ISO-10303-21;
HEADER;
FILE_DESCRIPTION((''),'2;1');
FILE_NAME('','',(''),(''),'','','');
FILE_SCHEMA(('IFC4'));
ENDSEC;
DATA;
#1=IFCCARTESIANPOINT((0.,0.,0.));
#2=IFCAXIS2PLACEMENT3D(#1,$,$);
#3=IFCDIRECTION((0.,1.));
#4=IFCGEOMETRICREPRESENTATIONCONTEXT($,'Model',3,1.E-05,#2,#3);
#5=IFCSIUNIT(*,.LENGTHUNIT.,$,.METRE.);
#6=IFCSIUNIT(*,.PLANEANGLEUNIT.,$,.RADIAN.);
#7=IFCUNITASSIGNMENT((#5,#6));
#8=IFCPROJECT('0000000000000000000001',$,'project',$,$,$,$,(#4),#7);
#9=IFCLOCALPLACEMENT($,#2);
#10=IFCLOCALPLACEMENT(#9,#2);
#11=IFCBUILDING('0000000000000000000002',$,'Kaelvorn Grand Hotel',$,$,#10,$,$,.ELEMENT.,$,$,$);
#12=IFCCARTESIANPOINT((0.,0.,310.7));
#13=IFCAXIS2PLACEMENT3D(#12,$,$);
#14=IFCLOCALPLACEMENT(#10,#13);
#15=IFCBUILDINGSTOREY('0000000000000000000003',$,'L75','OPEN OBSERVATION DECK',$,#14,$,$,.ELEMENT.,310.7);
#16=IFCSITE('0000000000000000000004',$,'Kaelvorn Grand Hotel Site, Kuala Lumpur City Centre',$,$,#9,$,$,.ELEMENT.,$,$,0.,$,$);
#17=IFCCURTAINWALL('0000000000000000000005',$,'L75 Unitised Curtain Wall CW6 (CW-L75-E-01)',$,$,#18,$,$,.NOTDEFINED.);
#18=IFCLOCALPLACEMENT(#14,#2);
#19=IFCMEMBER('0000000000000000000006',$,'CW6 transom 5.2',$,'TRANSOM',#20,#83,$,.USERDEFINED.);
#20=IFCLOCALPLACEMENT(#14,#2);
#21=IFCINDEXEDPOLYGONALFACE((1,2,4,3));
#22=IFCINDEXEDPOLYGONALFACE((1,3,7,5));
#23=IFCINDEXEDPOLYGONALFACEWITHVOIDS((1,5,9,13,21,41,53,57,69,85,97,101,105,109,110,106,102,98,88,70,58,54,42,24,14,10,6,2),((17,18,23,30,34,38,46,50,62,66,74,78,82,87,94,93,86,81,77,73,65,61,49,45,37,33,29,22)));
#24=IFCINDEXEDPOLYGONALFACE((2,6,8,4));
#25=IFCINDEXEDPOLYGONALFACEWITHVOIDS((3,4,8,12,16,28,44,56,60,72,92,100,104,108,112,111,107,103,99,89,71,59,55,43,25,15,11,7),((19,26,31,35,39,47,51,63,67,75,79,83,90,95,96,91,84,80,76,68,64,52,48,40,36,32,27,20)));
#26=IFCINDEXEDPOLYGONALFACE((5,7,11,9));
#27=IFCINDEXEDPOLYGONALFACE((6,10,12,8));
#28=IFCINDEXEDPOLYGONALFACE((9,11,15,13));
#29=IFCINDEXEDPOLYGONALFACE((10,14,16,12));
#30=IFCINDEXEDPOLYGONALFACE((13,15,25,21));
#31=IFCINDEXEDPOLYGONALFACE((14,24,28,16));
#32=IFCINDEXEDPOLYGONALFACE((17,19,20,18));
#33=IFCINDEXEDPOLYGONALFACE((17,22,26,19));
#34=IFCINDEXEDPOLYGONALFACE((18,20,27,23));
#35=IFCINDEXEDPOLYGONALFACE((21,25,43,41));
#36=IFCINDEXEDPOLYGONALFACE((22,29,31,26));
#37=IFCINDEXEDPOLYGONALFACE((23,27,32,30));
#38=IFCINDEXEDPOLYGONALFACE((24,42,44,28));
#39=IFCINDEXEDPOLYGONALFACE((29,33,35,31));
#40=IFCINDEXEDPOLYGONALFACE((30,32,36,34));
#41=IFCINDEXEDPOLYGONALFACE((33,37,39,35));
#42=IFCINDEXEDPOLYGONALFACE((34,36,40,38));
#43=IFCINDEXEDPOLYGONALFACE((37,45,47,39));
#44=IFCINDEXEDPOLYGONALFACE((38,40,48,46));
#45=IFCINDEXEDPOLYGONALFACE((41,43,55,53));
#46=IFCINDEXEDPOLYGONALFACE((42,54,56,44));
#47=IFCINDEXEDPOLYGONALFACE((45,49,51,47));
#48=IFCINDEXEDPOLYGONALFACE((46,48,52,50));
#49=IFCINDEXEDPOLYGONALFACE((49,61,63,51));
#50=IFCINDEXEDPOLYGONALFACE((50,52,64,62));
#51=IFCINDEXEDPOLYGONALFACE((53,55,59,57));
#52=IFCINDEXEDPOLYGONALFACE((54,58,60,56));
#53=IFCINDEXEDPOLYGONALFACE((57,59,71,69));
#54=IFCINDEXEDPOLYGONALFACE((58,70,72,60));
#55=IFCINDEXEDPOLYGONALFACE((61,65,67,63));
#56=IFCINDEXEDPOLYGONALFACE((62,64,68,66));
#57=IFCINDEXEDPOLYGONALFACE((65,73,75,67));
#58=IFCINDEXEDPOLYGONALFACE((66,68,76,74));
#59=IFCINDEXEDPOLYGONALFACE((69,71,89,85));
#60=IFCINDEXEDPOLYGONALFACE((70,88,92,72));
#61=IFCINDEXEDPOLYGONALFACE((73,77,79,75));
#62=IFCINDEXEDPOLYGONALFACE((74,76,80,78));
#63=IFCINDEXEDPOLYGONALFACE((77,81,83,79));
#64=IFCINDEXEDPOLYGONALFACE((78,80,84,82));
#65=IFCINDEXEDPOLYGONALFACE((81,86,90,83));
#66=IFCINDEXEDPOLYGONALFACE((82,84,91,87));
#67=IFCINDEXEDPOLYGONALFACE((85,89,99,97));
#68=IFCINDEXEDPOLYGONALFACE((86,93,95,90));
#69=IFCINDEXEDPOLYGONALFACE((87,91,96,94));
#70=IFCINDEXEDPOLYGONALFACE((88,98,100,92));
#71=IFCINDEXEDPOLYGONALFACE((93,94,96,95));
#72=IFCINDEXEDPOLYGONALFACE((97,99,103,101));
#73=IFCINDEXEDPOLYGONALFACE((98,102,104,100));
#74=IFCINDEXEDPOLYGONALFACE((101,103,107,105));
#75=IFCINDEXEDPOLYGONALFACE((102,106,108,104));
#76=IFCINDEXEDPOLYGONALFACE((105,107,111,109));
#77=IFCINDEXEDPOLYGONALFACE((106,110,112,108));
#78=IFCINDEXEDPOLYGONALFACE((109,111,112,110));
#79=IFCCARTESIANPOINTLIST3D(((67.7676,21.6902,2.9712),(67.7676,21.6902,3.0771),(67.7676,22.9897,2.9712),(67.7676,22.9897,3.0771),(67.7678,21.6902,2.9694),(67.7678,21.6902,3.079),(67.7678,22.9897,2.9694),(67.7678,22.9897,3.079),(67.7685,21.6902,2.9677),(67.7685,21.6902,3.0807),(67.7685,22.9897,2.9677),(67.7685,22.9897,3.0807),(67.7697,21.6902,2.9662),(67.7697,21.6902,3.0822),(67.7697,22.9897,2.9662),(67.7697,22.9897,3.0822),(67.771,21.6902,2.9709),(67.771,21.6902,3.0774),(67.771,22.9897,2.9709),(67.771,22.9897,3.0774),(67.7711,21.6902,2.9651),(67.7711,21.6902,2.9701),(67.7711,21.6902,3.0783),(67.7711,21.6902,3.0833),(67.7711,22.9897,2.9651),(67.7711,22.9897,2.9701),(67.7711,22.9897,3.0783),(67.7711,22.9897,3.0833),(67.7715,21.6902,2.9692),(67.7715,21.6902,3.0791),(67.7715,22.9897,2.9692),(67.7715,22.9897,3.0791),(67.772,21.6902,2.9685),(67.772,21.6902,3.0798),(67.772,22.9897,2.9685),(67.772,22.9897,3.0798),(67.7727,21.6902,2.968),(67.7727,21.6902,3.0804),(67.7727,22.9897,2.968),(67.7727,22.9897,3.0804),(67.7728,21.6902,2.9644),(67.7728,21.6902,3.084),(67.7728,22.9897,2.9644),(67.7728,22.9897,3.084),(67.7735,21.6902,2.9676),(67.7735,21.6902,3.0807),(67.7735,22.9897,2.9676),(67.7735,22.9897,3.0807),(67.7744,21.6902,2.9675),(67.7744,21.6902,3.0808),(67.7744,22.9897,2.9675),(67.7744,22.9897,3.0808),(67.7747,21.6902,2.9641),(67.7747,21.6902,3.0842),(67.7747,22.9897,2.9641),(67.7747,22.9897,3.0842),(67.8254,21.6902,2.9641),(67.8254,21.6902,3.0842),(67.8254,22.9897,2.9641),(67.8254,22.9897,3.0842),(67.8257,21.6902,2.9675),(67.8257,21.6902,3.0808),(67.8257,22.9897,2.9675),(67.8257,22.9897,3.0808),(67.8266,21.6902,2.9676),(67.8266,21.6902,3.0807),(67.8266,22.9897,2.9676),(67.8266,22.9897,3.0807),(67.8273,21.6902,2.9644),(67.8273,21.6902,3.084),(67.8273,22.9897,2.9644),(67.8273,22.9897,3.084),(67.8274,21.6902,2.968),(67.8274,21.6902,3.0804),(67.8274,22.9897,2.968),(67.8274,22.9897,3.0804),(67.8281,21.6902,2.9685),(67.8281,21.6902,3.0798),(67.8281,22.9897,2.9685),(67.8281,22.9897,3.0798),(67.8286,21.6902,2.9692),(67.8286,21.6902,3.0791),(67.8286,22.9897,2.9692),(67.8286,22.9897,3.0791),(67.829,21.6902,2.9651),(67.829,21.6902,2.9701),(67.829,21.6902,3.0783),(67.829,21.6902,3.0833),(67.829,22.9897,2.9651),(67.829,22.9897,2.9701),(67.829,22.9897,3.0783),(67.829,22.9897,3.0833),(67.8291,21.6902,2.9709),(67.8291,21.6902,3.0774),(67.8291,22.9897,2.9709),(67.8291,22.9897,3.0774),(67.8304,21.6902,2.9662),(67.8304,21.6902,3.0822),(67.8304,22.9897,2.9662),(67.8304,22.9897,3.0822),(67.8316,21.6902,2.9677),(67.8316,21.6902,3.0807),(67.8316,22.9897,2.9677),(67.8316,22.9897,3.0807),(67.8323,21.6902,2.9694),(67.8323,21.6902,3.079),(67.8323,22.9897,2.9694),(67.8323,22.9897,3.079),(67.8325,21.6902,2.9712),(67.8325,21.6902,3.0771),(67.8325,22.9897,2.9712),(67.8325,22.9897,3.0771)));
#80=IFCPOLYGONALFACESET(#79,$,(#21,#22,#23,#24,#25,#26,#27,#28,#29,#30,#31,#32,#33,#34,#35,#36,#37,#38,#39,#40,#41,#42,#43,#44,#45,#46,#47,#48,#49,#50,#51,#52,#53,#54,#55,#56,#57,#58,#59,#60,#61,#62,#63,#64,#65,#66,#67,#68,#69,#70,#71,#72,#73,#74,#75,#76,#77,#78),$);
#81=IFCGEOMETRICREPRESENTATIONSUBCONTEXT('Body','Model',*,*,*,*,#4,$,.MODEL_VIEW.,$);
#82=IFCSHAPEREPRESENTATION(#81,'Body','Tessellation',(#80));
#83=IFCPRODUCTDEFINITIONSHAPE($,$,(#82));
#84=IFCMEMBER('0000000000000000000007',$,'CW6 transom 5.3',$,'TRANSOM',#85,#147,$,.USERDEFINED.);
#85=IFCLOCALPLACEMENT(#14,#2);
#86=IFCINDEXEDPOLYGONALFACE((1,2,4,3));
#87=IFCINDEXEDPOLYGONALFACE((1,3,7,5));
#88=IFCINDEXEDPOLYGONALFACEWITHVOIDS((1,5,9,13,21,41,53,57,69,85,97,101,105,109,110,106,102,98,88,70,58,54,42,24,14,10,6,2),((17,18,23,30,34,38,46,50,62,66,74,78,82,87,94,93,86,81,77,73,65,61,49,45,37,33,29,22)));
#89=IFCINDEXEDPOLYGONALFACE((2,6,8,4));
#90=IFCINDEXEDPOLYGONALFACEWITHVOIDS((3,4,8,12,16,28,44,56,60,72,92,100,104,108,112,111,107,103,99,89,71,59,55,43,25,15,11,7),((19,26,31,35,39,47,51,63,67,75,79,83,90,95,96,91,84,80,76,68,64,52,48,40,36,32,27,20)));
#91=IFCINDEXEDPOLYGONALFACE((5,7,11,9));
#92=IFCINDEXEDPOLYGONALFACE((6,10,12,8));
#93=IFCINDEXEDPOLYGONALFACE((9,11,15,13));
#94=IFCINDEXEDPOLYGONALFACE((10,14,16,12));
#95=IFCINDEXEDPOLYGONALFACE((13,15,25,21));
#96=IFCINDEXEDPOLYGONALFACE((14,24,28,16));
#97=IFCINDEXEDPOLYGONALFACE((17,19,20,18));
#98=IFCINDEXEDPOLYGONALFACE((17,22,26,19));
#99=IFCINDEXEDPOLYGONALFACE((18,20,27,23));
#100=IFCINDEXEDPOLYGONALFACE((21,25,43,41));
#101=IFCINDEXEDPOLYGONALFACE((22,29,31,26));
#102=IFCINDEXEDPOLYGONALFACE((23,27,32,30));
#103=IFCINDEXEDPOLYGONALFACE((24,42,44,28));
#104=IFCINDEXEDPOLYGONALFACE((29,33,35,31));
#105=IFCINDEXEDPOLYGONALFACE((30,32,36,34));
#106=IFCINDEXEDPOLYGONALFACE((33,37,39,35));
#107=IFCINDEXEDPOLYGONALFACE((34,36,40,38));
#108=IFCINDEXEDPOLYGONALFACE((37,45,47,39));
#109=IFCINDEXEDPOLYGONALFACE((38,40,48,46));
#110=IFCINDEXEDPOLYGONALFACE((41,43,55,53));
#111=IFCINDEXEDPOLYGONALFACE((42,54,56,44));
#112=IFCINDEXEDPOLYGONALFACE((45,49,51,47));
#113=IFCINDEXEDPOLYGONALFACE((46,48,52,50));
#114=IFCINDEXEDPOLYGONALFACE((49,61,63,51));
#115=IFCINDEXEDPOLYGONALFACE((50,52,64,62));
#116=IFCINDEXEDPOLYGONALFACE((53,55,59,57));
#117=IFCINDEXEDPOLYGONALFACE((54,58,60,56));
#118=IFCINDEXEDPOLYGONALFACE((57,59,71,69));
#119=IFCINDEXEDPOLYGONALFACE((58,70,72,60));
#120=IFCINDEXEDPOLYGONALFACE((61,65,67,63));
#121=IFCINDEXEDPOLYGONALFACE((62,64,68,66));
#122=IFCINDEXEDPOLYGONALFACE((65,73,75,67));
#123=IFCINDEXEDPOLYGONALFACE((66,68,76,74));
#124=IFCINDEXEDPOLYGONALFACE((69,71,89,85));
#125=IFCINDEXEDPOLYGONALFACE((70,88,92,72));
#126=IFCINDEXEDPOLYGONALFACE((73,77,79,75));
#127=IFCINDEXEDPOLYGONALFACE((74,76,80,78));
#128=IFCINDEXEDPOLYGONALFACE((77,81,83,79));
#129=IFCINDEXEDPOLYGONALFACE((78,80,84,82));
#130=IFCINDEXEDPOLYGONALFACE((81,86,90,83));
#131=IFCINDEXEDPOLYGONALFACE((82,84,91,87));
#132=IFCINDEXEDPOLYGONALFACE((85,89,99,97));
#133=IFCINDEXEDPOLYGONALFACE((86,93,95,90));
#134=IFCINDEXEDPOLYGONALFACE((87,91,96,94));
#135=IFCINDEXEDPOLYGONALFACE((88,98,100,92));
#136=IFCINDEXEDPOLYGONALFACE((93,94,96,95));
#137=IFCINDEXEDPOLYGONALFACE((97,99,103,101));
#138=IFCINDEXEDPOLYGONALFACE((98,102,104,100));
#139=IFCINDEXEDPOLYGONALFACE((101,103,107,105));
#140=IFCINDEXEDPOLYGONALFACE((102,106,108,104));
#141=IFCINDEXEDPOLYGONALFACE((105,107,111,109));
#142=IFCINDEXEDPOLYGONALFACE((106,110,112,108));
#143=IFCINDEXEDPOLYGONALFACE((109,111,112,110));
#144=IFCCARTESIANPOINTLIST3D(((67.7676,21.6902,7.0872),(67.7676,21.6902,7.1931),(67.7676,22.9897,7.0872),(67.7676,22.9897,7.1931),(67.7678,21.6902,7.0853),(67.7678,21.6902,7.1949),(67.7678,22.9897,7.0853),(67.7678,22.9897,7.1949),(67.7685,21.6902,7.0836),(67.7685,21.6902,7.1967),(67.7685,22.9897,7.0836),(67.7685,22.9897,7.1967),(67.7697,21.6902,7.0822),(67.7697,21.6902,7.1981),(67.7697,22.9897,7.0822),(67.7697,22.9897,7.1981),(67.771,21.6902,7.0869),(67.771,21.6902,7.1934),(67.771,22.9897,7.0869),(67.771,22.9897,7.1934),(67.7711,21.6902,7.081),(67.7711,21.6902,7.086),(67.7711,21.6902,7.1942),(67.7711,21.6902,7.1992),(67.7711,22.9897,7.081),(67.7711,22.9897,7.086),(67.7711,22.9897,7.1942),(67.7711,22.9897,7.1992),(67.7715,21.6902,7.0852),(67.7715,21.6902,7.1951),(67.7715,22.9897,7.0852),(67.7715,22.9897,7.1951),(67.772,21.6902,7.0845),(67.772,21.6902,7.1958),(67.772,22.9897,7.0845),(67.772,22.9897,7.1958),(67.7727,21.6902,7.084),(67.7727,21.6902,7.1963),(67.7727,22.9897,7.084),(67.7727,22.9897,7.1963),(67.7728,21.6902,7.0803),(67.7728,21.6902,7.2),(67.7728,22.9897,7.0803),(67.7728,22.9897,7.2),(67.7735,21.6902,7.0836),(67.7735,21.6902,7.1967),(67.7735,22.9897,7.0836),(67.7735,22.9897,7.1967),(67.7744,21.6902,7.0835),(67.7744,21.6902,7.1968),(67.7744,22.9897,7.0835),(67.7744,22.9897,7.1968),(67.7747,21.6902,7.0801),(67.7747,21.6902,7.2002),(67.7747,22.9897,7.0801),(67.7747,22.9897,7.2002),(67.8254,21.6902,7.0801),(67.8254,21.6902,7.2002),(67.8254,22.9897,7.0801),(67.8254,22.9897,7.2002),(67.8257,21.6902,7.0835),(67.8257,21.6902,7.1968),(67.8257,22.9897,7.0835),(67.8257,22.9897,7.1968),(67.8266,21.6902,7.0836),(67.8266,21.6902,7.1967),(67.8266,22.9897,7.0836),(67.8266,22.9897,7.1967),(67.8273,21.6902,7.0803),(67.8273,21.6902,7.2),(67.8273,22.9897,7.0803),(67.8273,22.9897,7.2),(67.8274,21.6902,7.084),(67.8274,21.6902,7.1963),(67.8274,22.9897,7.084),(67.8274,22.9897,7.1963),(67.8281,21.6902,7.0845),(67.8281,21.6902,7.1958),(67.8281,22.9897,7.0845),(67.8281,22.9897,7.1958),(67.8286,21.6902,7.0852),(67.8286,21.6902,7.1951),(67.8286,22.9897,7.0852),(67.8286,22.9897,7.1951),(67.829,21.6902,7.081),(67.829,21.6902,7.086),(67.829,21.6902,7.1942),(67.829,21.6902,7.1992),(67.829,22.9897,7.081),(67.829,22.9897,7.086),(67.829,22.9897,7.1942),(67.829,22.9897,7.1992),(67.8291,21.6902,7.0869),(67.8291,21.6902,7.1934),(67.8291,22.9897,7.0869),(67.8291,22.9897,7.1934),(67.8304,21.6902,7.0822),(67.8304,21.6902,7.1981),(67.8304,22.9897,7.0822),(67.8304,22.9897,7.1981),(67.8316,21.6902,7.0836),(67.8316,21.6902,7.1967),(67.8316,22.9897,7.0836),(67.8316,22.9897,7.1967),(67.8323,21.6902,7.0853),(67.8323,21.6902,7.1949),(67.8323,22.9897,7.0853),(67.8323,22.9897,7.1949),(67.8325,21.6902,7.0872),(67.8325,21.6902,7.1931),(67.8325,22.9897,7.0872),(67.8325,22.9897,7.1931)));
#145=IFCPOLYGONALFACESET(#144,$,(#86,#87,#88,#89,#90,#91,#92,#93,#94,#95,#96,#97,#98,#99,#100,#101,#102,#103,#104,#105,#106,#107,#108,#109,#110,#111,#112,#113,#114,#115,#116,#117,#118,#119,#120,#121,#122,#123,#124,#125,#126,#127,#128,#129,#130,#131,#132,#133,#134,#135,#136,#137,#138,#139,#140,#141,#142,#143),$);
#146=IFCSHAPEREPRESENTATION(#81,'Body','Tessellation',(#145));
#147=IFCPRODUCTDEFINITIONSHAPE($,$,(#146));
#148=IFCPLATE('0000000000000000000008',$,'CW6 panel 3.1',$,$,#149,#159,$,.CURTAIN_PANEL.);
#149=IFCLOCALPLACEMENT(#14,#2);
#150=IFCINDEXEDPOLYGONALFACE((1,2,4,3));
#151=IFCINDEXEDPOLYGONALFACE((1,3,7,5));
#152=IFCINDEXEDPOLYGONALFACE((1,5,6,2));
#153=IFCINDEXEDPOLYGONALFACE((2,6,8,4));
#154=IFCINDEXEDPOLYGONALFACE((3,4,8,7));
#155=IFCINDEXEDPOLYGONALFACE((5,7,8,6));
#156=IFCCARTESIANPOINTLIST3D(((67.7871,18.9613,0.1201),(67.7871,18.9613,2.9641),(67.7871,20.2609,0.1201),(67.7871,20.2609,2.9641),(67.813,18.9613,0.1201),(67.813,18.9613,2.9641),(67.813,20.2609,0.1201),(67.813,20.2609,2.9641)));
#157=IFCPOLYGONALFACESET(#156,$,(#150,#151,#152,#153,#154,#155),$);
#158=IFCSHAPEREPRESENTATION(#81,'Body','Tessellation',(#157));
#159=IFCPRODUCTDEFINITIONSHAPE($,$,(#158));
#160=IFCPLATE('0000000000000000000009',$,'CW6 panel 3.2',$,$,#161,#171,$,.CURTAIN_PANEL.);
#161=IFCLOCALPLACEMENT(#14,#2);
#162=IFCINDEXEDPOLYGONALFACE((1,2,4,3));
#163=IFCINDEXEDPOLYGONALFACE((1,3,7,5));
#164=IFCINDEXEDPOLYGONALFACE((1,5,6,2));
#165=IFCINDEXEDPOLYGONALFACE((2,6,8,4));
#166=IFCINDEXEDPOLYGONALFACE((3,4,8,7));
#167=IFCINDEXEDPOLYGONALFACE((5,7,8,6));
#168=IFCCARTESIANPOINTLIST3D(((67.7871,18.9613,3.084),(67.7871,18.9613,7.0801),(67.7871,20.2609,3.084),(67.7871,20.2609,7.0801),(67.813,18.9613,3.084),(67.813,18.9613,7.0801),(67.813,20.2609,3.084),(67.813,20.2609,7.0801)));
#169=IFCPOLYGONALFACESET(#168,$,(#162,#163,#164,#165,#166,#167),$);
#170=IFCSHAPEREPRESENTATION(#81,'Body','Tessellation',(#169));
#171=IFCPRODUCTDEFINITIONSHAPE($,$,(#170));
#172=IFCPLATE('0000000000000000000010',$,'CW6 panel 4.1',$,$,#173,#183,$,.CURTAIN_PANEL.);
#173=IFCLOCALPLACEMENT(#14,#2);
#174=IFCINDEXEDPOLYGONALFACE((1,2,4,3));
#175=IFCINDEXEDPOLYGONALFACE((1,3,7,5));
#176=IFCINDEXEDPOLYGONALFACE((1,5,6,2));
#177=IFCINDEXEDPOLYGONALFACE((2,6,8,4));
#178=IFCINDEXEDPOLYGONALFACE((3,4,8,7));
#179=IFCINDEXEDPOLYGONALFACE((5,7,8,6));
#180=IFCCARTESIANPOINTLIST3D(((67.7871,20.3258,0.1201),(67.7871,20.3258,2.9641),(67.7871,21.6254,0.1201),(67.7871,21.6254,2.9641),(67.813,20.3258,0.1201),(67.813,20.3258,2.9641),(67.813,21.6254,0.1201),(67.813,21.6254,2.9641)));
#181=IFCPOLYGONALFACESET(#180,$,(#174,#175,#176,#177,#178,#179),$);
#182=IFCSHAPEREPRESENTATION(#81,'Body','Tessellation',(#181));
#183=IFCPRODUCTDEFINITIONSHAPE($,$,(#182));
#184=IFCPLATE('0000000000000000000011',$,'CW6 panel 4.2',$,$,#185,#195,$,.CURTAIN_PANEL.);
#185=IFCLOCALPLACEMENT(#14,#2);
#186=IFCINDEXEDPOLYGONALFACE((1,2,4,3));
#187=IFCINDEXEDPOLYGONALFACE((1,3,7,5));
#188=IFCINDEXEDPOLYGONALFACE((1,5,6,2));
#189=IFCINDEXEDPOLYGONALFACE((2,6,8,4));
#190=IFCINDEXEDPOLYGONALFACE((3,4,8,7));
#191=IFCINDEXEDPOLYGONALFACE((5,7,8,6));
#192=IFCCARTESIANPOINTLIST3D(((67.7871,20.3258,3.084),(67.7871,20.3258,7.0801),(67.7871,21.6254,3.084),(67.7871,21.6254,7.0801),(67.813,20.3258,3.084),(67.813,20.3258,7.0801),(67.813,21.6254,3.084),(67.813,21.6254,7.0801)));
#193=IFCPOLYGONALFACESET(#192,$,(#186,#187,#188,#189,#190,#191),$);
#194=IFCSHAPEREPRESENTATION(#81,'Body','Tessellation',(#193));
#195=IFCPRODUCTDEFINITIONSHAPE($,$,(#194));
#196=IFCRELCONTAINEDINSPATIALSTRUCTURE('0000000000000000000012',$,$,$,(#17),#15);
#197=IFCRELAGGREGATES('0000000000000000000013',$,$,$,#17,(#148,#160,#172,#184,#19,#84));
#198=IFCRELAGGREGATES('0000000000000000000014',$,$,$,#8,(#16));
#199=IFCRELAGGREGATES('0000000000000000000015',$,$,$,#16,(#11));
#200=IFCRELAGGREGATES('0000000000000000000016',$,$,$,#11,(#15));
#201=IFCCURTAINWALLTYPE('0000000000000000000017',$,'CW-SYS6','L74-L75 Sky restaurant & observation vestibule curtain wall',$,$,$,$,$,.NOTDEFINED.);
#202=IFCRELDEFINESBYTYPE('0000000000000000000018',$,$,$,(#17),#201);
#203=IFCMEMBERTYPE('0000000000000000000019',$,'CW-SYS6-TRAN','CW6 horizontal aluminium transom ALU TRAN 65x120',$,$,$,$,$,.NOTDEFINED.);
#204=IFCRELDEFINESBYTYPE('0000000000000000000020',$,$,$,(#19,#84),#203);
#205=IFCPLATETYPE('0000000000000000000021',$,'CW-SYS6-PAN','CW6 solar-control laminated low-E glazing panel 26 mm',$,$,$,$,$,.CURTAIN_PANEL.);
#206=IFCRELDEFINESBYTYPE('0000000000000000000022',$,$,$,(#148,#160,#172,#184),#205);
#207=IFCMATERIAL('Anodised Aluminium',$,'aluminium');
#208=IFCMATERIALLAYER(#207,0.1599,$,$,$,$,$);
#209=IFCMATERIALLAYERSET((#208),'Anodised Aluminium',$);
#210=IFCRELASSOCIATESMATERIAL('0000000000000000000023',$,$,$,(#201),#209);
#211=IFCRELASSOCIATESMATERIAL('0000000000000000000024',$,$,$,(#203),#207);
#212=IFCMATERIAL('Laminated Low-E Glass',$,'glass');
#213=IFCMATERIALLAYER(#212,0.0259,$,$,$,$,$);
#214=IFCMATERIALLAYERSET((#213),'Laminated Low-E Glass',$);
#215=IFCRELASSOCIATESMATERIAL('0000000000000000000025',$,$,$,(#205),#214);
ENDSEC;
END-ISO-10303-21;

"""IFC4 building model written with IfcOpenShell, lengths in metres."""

from ifc_helpers import new_model, si_unit, direction, frame, origin, origin_2d, place, context, subcontext, project, spatial, rectangle, hollow_rectangle, extrude, material, layer, layer_set, material_profile, profile_set, type_object, element, aggregate, save


model = new_model("IFC4")

# Units and contexts
model_context = context("Model", 3, precision=1e-05, world=origin(), true_north=direction((0.0, 1.0)))
body_context = subcontext(model_context, "Body", "Model", "MODEL_VIEW")
ifc_project = project(units=[si_unit("LENGTHUNIT", "METRE"), si_unit("PLANEANGLEUNIT", "RADIAN")], contexts=[model_context])

# Site, building, storey
site_placement = place(None, origin())
site = spatial("IfcSite", under=ifc_project, at=site_placement, Name="Kaelvorn Grand Hotel Site, Kuala Lumpur City Centre", CompositionType="ELEMENT", RefElevation=0.0)
building_placement = place(site_placement, origin())
building = spatial("IfcBuilding", under=site, at=building_placement, Name="Kaelvorn Grand Hotel", CompositionType="ELEMENT")
storey_placement = place(building_placement, frame((0.0, 0.0, 310.7)))
storey = spatial("IfcBuildingStorey", under=building, at=storey_placement, Name="L75", Description="OPEN OBSERVATION DECK", CompositionType="ELEMENT", Elevation=310.7)

# Curtain wall, members, plates
ifc_material_1 = material(Name="Anodised Aluminium", Category="aluminium")
ifc_layer_1 = layer(ifc_material_1, 0.1599)
ifc_layer_set_1 = layer_set([ifc_layer_1], Name="Anodised Aluminium")
curtain_wall_type = type_object("IfcCurtainWallType", Name="CW-SYS6", Description="L74-L75 Sky restaurant & observation vestibule curtain wall", PredefinedType="NOTDEFINED", material=ifc_layer_set_1)
curtain_wall_placement = place(storey_placement, origin())
curtain_wall = element("IfcCurtainWall", 1, at=curtain_wall_placement, inside=storey, type_object=curtain_wall_type, Name="L75 Unitised Curtain Wall CW6 (CW-L75-E-01)", PredefinedType="NOTDEFINED")
ifc_material_profile_1 = material_profile(ifc_material_1, hollow_rectangle(XDim=0.0649, YDim=0.1201, WallThickness=0.0034, InnerFilletRadius=0.0034, OuterFilletRadius=0.0071, at=origin_2d()), Name="ALU TRAN 65x120")
ifc_profile_set_1 = profile_set([ifc_material_profile_1], Name="Anodised Aluminium")
member_type_1 = type_object("IfcMemberType", Name="CW-SYS6-TRAN", Description="CW6 horizontal aluminium transom ALU TRAN 65x120", PredefinedType="NOTDEFINED", material=ifc_profile_set_1)
member_1_placement = place(storey_placement, frame((67.8, 21.6902, 3.0242), z_axis=(0.0, 1.0, 0.0), x_axis=(-1.0, 0.0, 0.0)))
member_1 = element("IfcMember", 2, at=member_1_placement, type_object=member_type_1, Name="CW6 transom 5.2", ObjectType="TRANSOM", PredefinedType="USERDEFINED", context=body_context, shape_type="SweptSolid", body=[
    extrude(hollow_rectangle(XDim=0.0649, YDim=0.1201, WallThickness=0.0034, InnerFilletRadius=0.0034, OuterFilletRadius=0.0071, at=origin_2d()), origin(), (0.0, 0.0, 1.0), 1.2996),
])
member_2_placement = place(storey_placement, frame((67.8, 21.6902, 7.1401), z_axis=(0.0, 1.0, 0.0), x_axis=(-1.0, 0.0, 0.0)))
member_2 = element("IfcMember", 3, at=member_2_placement, type_object=member_type_1, Name="CW6 transom 5.3", ObjectType="TRANSOM", PredefinedType="USERDEFINED", context=body_context, shape_type="SweptSolid", body=[
    extrude(hollow_rectangle(XDim=0.0649, YDim=0.1201, WallThickness=0.0034, InnerFilletRadius=0.0034, OuterFilletRadius=0.0071, at=origin_2d()), origin(), (0.0, 0.0, 1.0), 1.2996),
])
ifc_material_2 = material(Name="Laminated Low-E Glass", Category="glass")
ifc_layer_2 = layer(ifc_material_2, 0.0259)
ifc_layer_set_2 = layer_set([ifc_layer_2], Name="Laminated Low-E Glass")
plate_type = type_object("IfcPlateType", Name="CW-SYS6-PAN", Description="CW6 solar-control laminated low-E glazing panel 26 mm", PredefinedType="CURTAIN_PANEL", material=ifc_layer_set_2)
plate_1_placement = place(storey_placement, frame((67.8, 19.6111, 0.1201), z_axis=(0.0, 0.0, 1.0), x_axis=(0.0, 1.0, 0.0)))
plate_1 = element("IfcPlate", 4, at=plate_1_placement, type_object=plate_type, Name="CW6 panel 3.1", PredefinedType="CURTAIN_PANEL", context=body_context, shape_type="SweptSolid", body=[
    extrude(rectangle(XDim=1.2996, YDim=0.0259, at=origin_2d()), origin(), (0.0, 0.0, 1.0), 2.844),
])
plate_2_placement = place(storey_placement, frame((67.8, 19.6111, 3.084), z_axis=(0.0, 0.0, 1.0), x_axis=(0.0, 1.0, 0.0)))
plate_2 = element("IfcPlate", 5, at=plate_2_placement, type_object=plate_type, Name="CW6 panel 3.2", PredefinedType="CURTAIN_PANEL", context=body_context, shape_type="SweptSolid", body=[
    extrude(rectangle(XDim=1.2996, YDim=0.0259, at=origin_2d()), origin(), (0.0, 0.0, 1.0), 3.9961),
])
plate_3_placement = place(storey_placement, frame((67.8, 20.9756, 0.1201), z_axis=(0.0, 0.0, 1.0), x_axis=(0.0, 1.0, 0.0)))
plate_3 = element("IfcPlate", 6, at=plate_3_placement, type_object=plate_type, Name="CW6 panel 4.1", PredefinedType="CURTAIN_PANEL", context=body_context, shape_type="SweptSolid", body=[
    extrude(rectangle(XDim=1.2996, YDim=0.0259, at=origin_2d()), origin(), (0.0, 0.0, 1.0), 2.844),
])
plate_4_placement = place(storey_placement, frame((67.8, 20.9756, 3.084), z_axis=(0.0, 0.0, 1.0), x_axis=(0.0, 1.0, 0.0)))
plate_4 = element("IfcPlate", 7, at=plate_4_placement, type_object=plate_type, Name="CW6 panel 4.2", PredefinedType="CURTAIN_PANEL", context=body_context, shape_type="SweptSolid", body=[
    extrude(rectangle(XDim=1.2996, YDim=0.0259, at=origin_2d()), origin(), (0.0, 0.0, 1.0), 3.9961),
])
aggregate(curtain_wall, [plate_1, plate_2, plate_3, plate_4, member_1, member_2])

save(model, "model.ifc")
